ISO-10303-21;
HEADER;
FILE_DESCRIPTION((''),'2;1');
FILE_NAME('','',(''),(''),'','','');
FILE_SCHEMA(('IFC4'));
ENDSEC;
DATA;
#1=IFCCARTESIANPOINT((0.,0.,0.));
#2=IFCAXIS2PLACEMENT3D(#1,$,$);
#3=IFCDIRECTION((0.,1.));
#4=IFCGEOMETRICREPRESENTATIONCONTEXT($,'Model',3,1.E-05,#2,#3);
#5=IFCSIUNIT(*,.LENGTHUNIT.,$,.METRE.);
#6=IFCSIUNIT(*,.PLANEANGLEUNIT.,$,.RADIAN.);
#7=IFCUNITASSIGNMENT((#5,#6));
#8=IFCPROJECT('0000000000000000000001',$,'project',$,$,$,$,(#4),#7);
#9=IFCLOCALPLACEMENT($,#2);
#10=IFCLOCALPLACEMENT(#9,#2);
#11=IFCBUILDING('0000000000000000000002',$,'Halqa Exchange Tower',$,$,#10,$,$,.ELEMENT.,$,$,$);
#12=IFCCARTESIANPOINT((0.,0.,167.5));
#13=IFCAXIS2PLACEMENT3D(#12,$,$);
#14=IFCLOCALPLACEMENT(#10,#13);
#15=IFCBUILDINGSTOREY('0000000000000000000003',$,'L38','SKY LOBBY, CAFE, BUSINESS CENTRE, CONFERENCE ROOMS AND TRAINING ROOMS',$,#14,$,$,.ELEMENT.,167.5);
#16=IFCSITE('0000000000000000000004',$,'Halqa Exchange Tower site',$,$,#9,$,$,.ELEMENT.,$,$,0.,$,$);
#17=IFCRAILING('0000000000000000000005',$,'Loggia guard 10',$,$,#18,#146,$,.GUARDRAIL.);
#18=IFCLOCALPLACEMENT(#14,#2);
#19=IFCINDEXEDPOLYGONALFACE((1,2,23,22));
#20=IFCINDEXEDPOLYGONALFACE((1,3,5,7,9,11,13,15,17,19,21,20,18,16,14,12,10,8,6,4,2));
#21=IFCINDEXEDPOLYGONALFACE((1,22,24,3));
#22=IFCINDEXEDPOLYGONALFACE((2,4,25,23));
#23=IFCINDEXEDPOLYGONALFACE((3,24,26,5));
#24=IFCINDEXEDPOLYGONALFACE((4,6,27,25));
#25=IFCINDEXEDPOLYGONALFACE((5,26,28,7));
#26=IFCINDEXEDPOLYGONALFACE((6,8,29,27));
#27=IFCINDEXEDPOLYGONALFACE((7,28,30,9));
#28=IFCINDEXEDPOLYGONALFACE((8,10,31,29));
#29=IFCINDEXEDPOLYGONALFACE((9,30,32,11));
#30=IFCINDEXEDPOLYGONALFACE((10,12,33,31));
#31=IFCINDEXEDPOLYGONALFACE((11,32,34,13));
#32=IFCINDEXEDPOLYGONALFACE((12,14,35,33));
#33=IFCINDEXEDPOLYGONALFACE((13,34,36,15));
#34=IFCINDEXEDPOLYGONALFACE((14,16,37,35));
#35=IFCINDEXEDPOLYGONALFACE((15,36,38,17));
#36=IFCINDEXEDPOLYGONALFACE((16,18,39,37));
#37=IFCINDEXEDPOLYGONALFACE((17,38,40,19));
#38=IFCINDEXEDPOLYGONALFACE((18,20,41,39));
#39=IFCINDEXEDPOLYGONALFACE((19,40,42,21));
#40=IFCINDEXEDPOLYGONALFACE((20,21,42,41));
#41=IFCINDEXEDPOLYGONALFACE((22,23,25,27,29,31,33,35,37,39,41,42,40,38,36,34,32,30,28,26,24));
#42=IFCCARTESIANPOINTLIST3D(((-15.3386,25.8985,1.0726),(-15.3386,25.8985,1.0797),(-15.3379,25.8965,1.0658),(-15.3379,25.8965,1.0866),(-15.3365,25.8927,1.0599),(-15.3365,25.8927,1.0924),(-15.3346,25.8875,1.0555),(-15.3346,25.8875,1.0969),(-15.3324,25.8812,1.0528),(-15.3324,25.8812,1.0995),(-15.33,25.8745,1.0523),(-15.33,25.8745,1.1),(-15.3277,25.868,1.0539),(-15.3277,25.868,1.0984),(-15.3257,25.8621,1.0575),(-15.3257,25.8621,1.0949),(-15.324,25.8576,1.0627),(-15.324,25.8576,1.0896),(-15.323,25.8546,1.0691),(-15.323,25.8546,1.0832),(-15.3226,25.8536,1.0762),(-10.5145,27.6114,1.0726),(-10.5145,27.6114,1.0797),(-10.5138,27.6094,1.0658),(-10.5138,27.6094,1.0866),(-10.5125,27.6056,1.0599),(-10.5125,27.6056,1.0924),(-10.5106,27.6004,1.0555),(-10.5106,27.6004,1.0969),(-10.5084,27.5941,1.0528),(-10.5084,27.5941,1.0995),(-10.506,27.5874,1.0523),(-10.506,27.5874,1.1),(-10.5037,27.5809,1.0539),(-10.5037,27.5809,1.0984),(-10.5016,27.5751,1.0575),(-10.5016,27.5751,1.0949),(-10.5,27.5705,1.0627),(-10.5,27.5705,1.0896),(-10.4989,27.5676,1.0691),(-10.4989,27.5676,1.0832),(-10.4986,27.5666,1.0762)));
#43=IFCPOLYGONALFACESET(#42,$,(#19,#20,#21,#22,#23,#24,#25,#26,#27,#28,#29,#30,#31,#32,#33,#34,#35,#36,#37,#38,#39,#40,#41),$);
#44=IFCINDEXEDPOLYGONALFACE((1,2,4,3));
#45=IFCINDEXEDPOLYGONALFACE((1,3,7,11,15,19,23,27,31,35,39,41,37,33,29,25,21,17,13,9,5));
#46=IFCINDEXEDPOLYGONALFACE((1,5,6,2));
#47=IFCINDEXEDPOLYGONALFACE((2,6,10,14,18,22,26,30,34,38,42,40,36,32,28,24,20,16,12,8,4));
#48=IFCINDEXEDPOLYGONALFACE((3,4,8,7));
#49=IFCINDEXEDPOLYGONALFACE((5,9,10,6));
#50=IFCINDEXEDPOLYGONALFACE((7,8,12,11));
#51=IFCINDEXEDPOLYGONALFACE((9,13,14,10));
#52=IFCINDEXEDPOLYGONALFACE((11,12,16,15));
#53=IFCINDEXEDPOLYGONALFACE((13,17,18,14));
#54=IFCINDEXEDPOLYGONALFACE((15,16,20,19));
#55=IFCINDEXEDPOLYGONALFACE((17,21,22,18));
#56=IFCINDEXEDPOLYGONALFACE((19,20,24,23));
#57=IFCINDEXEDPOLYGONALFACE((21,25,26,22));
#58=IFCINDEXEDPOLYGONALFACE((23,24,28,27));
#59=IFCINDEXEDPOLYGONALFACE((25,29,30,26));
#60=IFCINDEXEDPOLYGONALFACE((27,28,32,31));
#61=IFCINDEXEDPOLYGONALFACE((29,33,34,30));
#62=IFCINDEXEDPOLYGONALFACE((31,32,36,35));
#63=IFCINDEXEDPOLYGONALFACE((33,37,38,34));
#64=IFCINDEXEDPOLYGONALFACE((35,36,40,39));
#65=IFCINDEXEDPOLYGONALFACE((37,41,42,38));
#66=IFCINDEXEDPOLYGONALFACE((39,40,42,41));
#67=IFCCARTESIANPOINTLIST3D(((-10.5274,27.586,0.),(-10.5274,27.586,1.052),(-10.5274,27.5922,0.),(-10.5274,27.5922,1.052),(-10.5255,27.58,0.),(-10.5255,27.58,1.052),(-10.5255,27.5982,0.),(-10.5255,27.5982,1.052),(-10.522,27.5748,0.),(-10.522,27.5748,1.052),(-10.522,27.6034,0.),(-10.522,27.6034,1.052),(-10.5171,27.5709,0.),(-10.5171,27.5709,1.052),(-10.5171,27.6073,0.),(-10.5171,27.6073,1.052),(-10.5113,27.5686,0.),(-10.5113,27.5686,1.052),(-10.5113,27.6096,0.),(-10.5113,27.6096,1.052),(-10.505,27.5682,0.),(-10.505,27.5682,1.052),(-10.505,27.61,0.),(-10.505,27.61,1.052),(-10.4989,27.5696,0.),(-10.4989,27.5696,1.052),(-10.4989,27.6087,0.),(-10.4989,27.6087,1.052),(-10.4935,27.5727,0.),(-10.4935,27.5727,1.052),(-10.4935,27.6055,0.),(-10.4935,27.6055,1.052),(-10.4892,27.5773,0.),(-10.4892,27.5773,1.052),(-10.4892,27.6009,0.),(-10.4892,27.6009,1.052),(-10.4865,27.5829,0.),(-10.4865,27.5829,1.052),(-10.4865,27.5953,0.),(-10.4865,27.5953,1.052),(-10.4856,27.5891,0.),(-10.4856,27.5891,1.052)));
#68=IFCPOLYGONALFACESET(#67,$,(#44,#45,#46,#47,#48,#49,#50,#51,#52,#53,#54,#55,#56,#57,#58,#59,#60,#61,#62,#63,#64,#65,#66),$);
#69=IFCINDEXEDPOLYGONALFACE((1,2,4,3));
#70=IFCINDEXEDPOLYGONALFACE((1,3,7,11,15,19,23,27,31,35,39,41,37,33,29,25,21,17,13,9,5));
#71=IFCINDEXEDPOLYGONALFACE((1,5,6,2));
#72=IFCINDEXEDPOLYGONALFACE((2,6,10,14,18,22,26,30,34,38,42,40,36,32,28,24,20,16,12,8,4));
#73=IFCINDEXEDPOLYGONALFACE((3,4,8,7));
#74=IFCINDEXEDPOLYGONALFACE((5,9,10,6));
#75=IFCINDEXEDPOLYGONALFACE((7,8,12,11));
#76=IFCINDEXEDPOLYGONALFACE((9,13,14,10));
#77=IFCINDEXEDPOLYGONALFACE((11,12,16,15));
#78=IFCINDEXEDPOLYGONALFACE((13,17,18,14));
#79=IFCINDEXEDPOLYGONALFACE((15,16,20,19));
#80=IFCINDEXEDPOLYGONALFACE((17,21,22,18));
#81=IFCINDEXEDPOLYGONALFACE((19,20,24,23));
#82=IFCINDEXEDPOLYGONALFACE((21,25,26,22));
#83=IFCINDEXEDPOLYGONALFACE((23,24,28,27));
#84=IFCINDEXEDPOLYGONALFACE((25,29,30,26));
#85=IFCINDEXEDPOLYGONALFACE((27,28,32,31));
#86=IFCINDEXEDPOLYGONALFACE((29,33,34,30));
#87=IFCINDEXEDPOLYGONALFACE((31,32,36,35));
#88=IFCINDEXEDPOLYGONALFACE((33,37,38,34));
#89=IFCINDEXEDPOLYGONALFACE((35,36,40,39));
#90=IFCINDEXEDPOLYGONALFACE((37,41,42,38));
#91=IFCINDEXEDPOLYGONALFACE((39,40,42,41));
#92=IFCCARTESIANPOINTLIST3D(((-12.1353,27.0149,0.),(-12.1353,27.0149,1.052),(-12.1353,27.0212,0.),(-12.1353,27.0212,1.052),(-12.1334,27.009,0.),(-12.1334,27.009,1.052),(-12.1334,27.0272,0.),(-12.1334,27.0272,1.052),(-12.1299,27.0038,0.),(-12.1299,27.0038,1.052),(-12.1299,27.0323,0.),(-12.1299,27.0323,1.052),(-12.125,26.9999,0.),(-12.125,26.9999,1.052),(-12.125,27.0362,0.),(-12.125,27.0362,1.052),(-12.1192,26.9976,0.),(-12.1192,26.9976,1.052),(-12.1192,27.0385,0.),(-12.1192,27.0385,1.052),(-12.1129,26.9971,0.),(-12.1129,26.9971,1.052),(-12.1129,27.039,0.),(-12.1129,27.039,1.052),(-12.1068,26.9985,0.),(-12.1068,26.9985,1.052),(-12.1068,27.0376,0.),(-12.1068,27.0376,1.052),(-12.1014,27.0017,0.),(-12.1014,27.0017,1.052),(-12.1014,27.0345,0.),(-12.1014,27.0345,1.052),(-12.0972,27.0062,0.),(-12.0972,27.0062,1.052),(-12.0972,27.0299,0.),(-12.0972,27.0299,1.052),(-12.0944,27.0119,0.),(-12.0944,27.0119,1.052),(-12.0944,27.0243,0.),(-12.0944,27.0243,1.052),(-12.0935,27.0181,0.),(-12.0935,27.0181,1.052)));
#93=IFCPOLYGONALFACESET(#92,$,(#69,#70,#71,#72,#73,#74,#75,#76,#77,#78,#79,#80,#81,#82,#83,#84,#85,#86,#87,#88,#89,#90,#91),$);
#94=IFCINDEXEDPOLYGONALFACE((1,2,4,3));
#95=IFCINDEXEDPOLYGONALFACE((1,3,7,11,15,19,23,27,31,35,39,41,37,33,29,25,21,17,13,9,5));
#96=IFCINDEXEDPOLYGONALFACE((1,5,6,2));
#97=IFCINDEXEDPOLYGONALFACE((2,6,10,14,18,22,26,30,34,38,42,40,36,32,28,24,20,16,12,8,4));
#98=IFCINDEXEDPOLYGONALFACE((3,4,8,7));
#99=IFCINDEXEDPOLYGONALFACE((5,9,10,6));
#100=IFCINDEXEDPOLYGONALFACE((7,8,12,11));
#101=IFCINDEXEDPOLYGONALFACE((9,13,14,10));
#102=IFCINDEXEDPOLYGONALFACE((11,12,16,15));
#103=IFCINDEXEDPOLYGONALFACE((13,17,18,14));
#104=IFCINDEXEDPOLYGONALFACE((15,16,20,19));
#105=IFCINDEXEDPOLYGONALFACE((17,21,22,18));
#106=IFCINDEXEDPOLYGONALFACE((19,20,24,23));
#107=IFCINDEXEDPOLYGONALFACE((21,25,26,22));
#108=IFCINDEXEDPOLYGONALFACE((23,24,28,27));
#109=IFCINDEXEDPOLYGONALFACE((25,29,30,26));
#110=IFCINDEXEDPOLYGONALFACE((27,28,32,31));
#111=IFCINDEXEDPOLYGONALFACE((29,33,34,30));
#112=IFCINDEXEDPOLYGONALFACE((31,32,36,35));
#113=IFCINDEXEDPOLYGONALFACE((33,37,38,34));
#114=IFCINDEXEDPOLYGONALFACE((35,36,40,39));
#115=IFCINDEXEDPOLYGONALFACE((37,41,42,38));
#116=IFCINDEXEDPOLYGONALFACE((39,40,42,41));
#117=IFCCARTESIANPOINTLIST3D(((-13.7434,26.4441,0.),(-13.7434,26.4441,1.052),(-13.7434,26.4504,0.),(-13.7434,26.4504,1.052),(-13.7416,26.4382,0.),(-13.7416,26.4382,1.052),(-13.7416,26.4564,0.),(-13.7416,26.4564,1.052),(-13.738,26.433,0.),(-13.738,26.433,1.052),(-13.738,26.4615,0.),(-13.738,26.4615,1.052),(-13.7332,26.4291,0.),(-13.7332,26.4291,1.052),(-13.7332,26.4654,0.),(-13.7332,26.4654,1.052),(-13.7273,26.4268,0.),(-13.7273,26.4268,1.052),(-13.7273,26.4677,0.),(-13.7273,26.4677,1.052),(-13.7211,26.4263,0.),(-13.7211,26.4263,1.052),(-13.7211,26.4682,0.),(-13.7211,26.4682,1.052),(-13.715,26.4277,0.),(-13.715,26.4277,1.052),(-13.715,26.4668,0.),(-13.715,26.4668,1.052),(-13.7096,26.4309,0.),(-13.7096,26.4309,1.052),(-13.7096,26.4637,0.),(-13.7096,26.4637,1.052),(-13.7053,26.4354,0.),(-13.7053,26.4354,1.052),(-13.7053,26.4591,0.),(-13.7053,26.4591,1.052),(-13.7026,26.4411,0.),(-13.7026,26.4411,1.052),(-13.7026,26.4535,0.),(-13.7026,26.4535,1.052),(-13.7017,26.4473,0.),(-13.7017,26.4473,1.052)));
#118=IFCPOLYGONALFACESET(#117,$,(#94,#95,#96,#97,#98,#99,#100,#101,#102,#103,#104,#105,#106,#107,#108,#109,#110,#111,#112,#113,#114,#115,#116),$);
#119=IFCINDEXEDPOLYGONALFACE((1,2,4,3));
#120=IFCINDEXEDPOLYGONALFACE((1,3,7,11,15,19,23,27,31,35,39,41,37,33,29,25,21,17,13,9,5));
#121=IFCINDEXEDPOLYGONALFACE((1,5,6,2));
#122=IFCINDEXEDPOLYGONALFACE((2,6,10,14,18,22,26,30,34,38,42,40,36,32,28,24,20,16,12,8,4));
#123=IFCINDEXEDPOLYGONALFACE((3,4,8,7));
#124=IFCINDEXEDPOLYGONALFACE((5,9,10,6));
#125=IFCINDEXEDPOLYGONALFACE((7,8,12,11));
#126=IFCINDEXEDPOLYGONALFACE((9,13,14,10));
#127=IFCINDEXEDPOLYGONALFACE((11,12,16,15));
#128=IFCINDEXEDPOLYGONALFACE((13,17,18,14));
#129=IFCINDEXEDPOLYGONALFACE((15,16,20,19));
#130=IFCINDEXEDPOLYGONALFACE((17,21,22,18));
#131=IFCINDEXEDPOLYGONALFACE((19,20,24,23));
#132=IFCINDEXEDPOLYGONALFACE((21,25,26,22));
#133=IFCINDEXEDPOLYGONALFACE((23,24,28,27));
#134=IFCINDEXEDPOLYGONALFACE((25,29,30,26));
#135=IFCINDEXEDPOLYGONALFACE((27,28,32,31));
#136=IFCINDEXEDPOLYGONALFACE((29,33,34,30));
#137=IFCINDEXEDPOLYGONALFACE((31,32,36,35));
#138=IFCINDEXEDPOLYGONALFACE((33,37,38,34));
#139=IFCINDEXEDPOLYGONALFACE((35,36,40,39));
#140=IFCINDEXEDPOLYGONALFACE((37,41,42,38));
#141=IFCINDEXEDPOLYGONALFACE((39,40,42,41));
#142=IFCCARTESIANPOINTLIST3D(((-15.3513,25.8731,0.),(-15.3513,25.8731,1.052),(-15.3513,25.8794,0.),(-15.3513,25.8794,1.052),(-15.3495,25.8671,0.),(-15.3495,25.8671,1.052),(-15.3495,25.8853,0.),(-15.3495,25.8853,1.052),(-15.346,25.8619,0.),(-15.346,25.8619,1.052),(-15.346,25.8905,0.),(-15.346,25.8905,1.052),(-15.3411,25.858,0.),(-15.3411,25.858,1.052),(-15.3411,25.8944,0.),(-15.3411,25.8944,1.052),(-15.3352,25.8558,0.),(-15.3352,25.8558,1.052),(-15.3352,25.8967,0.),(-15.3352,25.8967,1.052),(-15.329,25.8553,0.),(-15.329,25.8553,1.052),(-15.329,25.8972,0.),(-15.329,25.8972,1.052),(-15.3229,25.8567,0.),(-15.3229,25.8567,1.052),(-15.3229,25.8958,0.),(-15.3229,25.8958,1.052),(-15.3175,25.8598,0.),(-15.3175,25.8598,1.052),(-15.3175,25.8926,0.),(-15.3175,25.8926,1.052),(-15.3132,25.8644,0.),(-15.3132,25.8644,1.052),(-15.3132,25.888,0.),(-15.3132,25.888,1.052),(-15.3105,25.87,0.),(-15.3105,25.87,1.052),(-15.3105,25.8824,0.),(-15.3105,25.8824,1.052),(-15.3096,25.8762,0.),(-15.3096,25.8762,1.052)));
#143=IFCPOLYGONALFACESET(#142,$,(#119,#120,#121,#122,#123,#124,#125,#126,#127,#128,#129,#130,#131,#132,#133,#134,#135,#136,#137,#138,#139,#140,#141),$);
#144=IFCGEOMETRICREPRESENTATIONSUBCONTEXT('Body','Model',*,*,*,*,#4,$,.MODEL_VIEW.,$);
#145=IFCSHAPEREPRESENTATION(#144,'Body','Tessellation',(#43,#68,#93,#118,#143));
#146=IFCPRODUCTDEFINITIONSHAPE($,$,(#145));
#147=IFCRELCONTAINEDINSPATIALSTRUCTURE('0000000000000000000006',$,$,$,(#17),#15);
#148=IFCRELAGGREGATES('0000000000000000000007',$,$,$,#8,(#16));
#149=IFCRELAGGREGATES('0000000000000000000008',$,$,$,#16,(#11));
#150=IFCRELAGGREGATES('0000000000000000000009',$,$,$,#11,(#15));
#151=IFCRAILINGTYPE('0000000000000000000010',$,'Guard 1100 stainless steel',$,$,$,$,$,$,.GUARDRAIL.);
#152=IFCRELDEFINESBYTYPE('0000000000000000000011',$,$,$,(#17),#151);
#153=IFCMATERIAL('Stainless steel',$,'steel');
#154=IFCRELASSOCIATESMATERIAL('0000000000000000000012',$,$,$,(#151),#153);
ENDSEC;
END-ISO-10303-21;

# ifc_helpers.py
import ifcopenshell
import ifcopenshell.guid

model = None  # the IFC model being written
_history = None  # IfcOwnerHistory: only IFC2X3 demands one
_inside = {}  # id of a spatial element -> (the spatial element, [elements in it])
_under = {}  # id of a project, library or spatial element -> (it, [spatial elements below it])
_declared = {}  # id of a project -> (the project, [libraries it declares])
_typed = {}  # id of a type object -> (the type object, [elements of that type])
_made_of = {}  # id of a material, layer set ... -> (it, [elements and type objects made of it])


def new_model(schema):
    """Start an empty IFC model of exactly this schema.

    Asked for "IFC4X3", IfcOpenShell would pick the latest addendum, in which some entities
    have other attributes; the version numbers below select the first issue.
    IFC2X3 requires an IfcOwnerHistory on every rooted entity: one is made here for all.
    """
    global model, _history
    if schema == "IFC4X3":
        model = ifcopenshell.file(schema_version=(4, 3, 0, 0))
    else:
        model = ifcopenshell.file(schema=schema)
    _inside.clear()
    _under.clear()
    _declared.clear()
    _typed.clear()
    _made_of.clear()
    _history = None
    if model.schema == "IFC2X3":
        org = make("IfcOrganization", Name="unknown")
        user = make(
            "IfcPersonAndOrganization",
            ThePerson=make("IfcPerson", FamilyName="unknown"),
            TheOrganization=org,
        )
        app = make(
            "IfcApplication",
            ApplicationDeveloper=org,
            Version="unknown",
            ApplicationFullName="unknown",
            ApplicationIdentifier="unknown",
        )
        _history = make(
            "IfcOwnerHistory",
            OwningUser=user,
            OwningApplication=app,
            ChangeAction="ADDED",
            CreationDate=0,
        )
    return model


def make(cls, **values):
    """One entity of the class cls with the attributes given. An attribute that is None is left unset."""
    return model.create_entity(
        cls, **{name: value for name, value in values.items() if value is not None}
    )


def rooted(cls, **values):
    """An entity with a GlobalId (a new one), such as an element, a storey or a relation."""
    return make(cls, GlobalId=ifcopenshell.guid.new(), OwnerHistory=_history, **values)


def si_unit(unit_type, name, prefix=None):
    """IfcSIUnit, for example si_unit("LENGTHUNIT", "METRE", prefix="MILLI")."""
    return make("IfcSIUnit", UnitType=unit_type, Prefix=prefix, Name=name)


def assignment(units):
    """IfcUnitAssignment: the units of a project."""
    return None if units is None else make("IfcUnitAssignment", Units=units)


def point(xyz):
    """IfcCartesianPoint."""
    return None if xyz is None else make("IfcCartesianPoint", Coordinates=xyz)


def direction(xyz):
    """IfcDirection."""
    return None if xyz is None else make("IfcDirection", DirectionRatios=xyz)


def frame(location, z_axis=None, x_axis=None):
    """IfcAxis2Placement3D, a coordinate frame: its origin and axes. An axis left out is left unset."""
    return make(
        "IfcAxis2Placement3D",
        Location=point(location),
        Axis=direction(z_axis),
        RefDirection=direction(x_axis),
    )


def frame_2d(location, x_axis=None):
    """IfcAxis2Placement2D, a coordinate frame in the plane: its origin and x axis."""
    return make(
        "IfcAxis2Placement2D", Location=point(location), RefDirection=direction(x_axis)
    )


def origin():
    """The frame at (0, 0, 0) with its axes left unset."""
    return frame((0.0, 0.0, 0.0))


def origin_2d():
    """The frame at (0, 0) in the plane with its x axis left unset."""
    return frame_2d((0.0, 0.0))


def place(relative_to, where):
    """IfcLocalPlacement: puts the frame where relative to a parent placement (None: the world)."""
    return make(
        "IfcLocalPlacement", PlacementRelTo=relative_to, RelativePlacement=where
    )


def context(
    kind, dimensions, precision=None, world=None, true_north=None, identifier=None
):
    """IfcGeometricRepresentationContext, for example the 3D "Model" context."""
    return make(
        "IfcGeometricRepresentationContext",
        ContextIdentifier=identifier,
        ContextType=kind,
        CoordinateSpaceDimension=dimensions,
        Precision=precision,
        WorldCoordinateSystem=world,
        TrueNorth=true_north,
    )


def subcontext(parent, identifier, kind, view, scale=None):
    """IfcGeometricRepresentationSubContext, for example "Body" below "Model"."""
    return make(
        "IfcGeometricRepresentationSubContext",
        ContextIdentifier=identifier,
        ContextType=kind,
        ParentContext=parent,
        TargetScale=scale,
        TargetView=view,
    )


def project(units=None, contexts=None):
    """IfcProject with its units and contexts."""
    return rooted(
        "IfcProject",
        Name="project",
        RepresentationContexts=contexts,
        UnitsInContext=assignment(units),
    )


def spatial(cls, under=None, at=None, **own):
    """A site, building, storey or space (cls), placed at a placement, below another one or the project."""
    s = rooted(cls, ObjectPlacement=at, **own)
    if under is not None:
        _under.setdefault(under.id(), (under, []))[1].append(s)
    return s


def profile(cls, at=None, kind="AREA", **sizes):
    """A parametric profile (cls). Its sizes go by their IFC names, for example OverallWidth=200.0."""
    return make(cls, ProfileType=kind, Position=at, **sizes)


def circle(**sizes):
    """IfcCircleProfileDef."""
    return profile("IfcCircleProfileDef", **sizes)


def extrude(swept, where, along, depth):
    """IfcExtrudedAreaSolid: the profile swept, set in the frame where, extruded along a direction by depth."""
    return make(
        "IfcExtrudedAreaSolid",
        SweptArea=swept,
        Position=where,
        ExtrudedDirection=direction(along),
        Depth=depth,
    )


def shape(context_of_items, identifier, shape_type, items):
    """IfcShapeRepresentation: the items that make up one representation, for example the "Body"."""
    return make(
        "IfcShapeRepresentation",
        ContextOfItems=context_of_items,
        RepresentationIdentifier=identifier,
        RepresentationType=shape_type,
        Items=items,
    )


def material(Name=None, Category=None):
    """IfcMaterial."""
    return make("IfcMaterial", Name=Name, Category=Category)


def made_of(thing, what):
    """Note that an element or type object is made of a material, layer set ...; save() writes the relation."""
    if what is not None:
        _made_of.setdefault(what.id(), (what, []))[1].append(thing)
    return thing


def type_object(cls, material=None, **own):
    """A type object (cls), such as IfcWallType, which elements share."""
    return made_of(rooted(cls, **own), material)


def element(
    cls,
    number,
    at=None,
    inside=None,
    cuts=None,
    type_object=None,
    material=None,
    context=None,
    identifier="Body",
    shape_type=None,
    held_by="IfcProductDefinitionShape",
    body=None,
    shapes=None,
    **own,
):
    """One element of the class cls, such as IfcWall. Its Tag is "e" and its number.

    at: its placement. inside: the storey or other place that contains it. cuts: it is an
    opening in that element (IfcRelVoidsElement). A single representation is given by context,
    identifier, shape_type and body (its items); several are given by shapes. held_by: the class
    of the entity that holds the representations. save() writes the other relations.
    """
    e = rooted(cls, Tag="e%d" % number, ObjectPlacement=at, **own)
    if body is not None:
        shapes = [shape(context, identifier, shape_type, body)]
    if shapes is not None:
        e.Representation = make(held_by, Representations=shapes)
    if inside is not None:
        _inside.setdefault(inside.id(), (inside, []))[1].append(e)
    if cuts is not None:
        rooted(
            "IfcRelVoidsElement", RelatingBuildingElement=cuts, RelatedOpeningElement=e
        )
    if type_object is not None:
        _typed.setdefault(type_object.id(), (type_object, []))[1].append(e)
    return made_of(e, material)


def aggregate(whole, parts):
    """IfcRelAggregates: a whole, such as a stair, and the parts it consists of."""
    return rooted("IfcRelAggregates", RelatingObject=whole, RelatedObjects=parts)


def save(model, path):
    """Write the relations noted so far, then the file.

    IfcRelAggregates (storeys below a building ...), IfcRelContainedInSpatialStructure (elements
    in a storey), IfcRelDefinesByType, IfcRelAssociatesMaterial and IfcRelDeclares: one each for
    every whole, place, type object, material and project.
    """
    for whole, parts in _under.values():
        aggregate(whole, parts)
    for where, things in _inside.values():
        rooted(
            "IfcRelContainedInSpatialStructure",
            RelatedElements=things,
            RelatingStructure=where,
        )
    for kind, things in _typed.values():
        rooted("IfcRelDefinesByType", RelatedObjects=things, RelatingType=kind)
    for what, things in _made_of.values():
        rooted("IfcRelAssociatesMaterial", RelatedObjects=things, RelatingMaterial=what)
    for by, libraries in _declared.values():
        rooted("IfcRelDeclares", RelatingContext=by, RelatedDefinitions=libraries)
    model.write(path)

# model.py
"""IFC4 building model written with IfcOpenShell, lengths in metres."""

from ifc_helpers import new_model, si_unit, direction, frame, origin, origin_2d, place, context, subcontext, project, spatial, circle, extrude, material, type_object, element, save


model = new_model("IFC4")

# Units and contexts
model_context = context("Model", 3, precision=1e-05, world=origin(), true_north=direction((0.0, 1.0)))
body_context = subcontext(model_context, "Body", "Model", "MODEL_VIEW")
ifc_project = project(units=[si_unit("LENGTHUNIT", "METRE"), si_unit("PLANEANGLEUNIT", "RADIAN")], contexts=[model_context])

# Site, building, storey
site_placement = place(None, origin())
site = spatial("IfcSite", under=ifc_project, at=site_placement, Name="Halqa Exchange Tower site", CompositionType="ELEMENT", RefElevation=0.0)
building_placement = place(site_placement, origin())
building = spatial("IfcBuilding", under=site, at=building_placement, Name="Halqa Exchange Tower", CompositionType="ELEMENT")
storey_placement = place(building_placement, frame((0.0, 0.0, 167.5)))
storey = spatial("IfcBuildingStorey", under=building, at=storey_placement, Name="L38", Description="SKY LOBBY, CAFE, BUSINESS CENTRE, CONFERENCE ROOMS AND TRAINING ROOMS", CompositionType="ELEMENT", Elevation=167.5)

# Railing
ifc_material_1 = material(Name="Stainless steel", Category="steel")
railing_type = type_object("IfcRailingType", Name="Guard 1100 stainless steel", PredefinedType="GUARDRAIL", material=ifc_material_1)
railing_1_placement = place(storey_placement, frame((-10.5066, 27.5891, 0.0)))
element("IfcRailing", 1, at=railing_1_placement, inside=storey, type_object=railing_type, Name="Loggia guard 10", PredefinedType="GUARDRAIL", context=body_context, shape_type="SweptSolid", body=[
    extrude(circle(Radius=0.0239, at=origin_2d()), frame((0.0, 0.0, 1.0762), z_axis=(-0.942356, -0.334611, 0.0), x_axis=(0.334611, -0.942356, 0.0)), (0.0, 0.0, 1.0), 5.1191),
    extrude(circle(Radius=0.021, at=origin_2d()), origin(), (0.0, 0.0, 1.0), 1.052),
    extrude(circle(Radius=0.021, at=origin_2d()), frame((-1.6079, -0.571, 0.0)), (0.0, 0.0, 1.0), 1.052),
    extrude(circle(Radius=0.021, at=origin_2d()), frame((-3.2161, -1.1418, 0.0)), (0.0, 0.0, 1.0), 1.052),
    extrude(circle(Radius=0.021, at=origin_2d()), frame((-4.824, -1.7129, 0.0)), (0.0, 0.0, 1.0), 1.052),
])

save(model, "model.ifc")
